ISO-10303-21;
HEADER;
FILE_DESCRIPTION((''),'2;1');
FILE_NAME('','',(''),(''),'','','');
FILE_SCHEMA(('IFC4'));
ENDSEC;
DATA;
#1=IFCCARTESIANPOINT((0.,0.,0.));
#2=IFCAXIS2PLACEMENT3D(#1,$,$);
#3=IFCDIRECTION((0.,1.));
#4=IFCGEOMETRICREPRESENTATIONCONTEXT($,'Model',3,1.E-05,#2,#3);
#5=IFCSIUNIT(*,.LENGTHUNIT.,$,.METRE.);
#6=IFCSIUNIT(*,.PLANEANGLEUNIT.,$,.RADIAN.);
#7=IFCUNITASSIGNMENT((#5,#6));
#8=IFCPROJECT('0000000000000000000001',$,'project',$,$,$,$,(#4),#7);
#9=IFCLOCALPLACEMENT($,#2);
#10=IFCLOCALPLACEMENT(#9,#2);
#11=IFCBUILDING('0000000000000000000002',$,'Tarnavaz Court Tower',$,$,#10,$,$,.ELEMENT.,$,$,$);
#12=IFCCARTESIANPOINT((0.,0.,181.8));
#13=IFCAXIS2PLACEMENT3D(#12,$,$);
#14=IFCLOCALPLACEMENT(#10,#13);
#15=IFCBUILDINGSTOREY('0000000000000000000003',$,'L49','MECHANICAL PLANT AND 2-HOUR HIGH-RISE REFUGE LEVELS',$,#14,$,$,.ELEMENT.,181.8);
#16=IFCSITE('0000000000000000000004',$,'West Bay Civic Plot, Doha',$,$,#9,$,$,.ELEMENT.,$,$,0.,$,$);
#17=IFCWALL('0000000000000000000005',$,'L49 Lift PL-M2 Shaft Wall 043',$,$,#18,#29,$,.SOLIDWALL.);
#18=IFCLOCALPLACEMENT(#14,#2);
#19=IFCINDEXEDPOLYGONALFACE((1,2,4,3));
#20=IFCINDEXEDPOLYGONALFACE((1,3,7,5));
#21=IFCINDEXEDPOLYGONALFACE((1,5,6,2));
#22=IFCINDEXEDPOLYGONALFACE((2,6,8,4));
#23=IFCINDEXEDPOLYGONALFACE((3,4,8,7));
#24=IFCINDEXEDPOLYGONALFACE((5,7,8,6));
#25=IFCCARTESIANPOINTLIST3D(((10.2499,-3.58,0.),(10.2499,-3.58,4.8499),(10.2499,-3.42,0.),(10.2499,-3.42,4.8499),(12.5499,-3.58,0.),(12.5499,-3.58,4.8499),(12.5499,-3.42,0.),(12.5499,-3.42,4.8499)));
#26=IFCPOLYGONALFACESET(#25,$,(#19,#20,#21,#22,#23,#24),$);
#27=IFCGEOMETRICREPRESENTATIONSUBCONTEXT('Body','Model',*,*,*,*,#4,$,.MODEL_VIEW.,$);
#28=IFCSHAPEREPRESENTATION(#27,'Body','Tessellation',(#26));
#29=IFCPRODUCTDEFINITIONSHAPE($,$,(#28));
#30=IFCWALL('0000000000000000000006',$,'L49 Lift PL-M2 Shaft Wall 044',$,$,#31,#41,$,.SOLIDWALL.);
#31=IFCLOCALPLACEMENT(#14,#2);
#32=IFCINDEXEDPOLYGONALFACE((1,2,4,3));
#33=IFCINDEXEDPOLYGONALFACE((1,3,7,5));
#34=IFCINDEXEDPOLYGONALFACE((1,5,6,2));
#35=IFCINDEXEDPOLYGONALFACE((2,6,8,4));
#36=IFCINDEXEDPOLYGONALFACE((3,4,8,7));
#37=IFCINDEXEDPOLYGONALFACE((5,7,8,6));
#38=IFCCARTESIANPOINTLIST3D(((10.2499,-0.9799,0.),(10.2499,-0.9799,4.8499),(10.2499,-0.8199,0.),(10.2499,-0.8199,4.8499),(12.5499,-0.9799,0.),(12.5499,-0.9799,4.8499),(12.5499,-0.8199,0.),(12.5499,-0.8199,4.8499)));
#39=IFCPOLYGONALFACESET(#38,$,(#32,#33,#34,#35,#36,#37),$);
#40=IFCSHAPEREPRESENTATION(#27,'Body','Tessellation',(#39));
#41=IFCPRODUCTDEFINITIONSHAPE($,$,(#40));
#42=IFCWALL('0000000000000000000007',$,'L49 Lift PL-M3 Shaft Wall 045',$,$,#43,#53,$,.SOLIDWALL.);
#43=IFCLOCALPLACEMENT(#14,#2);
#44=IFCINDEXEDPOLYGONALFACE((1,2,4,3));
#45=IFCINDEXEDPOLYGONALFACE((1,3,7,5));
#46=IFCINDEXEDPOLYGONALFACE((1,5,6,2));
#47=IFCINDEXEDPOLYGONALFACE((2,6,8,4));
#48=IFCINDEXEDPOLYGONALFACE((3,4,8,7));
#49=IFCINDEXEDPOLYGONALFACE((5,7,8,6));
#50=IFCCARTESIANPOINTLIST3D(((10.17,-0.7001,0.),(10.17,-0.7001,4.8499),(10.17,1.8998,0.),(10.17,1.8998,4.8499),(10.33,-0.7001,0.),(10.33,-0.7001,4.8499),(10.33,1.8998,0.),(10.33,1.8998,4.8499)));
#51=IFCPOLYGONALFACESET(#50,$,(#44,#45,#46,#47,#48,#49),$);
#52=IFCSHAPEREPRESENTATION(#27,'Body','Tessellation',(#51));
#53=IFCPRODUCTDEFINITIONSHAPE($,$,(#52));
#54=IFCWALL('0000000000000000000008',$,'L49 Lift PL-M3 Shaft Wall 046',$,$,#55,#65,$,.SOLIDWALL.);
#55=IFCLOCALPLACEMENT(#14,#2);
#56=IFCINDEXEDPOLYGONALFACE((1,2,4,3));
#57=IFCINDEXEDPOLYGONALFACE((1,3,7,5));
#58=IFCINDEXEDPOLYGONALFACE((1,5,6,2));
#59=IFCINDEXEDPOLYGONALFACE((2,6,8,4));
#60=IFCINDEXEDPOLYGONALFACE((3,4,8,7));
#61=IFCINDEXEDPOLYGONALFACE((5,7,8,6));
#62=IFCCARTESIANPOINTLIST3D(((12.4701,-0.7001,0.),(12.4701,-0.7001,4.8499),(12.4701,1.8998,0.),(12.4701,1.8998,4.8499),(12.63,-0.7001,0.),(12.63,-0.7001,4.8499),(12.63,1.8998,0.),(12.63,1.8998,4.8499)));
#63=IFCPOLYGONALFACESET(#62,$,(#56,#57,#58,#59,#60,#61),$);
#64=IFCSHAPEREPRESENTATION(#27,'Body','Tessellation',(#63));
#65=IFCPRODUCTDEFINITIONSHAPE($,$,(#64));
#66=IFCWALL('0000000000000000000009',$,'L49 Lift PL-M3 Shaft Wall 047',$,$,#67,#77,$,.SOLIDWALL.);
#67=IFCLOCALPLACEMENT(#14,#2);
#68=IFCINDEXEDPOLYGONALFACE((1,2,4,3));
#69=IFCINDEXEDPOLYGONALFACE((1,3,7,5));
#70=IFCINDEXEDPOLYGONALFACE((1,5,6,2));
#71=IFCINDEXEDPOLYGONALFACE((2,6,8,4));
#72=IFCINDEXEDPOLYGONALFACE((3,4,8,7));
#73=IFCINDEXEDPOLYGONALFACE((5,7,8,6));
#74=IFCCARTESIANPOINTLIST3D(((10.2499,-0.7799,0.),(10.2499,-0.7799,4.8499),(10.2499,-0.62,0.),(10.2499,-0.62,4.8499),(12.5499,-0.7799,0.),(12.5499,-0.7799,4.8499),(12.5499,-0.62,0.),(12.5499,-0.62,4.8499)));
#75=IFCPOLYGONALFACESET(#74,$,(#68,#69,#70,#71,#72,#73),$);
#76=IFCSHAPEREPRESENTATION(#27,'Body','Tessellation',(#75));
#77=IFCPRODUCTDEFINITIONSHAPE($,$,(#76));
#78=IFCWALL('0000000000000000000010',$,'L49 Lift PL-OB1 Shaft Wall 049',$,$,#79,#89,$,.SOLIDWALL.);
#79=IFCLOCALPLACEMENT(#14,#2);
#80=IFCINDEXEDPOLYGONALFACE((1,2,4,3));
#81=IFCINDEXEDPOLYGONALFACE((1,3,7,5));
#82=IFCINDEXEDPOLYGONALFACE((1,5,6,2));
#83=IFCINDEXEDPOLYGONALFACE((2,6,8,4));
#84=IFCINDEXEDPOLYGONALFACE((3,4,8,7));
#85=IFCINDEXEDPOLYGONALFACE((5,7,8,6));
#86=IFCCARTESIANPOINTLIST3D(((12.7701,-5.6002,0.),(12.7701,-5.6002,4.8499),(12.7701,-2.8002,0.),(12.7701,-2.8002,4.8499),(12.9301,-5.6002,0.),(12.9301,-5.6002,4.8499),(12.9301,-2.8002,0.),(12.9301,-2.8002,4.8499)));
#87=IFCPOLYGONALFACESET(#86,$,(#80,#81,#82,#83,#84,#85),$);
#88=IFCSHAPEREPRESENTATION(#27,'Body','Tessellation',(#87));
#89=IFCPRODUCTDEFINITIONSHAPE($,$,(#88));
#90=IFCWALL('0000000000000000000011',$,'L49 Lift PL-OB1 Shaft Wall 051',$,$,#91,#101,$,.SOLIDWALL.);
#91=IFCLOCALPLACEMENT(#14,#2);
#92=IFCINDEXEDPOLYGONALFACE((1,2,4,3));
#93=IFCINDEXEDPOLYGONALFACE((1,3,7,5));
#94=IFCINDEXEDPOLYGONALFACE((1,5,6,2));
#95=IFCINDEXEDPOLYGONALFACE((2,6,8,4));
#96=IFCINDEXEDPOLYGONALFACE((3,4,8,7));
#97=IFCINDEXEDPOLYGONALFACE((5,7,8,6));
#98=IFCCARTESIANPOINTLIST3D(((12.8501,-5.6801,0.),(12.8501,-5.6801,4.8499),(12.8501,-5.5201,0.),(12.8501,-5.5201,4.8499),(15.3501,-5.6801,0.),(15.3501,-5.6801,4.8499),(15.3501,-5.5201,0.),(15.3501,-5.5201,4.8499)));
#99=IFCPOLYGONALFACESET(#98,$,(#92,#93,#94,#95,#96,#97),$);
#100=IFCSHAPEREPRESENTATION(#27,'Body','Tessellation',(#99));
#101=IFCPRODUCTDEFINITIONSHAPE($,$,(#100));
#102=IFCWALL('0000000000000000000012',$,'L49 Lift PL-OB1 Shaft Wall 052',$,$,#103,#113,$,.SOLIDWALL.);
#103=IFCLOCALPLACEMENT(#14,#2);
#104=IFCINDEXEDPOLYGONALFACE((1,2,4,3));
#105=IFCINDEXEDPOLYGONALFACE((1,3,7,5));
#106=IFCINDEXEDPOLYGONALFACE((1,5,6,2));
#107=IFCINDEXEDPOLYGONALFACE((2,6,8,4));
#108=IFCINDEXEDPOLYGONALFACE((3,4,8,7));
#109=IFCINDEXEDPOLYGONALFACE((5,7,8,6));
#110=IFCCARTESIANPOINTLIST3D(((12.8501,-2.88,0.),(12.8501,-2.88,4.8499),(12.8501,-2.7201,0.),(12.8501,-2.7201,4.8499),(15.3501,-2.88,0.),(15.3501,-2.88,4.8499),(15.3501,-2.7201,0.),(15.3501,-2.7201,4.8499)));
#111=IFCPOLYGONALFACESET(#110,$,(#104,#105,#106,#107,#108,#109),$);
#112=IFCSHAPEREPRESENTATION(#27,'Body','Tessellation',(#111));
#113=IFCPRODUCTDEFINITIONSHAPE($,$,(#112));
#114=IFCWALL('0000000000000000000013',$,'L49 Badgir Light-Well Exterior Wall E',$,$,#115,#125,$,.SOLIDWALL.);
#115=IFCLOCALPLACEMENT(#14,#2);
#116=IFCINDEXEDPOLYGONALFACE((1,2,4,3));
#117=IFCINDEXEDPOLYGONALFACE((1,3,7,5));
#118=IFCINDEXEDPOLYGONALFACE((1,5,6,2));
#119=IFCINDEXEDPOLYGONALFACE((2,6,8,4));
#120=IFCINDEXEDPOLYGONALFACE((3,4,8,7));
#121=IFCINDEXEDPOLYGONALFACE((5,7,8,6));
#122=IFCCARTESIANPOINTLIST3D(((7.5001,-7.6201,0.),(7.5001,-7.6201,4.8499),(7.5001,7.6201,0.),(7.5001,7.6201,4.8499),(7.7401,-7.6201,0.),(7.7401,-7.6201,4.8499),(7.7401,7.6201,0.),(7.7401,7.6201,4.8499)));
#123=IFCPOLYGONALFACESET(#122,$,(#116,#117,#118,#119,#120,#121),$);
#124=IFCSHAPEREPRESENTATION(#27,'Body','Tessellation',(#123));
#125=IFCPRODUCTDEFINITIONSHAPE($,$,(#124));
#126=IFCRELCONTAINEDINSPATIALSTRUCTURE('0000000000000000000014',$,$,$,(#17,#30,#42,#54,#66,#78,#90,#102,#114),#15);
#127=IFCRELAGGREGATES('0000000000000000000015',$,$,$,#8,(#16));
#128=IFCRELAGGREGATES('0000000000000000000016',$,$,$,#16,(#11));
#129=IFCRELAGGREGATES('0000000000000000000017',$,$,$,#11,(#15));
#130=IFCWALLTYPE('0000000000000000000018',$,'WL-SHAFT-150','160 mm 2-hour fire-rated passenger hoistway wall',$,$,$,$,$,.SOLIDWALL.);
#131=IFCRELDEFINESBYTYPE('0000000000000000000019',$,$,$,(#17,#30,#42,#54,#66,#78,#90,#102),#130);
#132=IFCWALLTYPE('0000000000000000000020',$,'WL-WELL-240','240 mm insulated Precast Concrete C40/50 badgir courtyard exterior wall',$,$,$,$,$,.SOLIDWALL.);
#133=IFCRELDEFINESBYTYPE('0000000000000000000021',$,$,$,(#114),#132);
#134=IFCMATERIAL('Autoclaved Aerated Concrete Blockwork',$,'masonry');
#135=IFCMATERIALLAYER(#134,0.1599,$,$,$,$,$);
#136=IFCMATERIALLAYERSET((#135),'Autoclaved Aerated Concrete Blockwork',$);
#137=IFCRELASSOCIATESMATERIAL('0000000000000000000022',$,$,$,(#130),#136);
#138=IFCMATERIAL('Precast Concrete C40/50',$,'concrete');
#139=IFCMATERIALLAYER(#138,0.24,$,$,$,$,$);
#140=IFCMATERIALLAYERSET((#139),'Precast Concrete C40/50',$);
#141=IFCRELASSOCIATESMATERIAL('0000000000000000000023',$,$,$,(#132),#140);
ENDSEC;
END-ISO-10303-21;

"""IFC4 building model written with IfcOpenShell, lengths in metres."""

from ifc_helpers import new_model, si_unit, direction, frame, frame_2d, origin, place, context, subcontext, project, spatial, rectangle, extrude, material, layer, layer_set, type_object, element, save


model = new_model("IFC4")

# Units and contexts
model_context = context("Model", 3, precision=1e-05, world=origin(), true_north=direction((0.0, 1.0)))
body_context = subcontext(model_context, "Body", "Model", "MODEL_VIEW")
ifc_project = project(units=[si_unit("LENGTHUNIT", "METRE"), si_unit("PLANEANGLEUNIT", "RADIAN")], contexts=[model_context])

# Site, building, storey
site_placement = place(None, origin())
site = spatial("IfcSite", under=ifc_project, at=site_placement, Name="West Bay Civic Plot, Doha", CompositionType="ELEMENT", RefElevation=0.0)
building_placement = place(site_placement, origin())
building = spatial("IfcBuilding", under=site, at=building_placement, Name="Tarnavaz Court Tower", CompositionType="ELEMENT")
storey_placement = place(building_placement, frame((0.0, 0.0, 181.8)))
storey = spatial("IfcBuildingStorey", under=building, at=storey_placement, Name="L49", Description="MECHANICAL PLANT AND 2-HOUR HIGH-RISE REFUGE LEVELS", CompositionType="ELEMENT", Elevation=181.8)

# Walls
ifc_material_1 = material(Name="Autoclaved Aerated Concrete Blockwork", Category="masonry")
ifc_layer_1 = layer(ifc_material_1, 0.1599)
ifc_layer_set_1 = layer_set([ifc_layer_1], Name="Autoclaved Aerated Concrete Blockwork")
wall_type_1 = type_object("IfcWallType", Name="WL-SHAFT-150", Description="160 mm 2-hour fire-rated passenger hoistway wall", PredefinedType="SOLIDWALL", material=ifc_layer_set_1)
for number, where, z_axis, x_axis, name in (
    (1, (10.25, -3.5, 0.0), (0.0, 0.0, 1.0), (1.0, 0.0, 0.0), "L49 Lift PL-M2 Shaft Wall 043"),
    (2, (10.25, -0.8999, 0.0), (0.0, 0.0, 1.0), (1.0, 0.0, 0.0), "L49 Lift PL-M2 Shaft Wall 044"),
):
    element("IfcWall", number, at=place(storey_placement, frame(where, z_axis=z_axis, x_axis=x_axis)), inside=storey, type_object=wall_type_1, Name=name, PredefinedType="SOLIDWALL", context=body_context, shape_type="SweptSolid", body=[
        extrude(rectangle(XDim=2.3, YDim=0.1599, at=frame_2d((1.1499, 0.0))), origin(), (0.0, 0.0, 1.0), 4.8499),
    ])
for number, where, z_axis, x_axis, name in (
    (3, (10.25, -0.7, 0.0), (0.0, 0.0, 1.0), (0.0, 1.0, 0.0), "L49 Lift PL-M3 Shaft Wall 045"),
    (4, (12.55, -0.7, 0.0), (0.0, 0.0, 1.0), (0.0, 1.0, 0.0), "L49 Lift PL-M3 Shaft Wall 046"),
):
    element("IfcWall", number, at=place(storey_placement, frame(where, z_axis=z_axis, x_axis=x_axis)), inside=storey, type_object=wall_type_1, Name=name, PredefinedType="SOLIDWALL", context=body_context, shape_type="SweptSolid", body=[
        extrude(rectangle(XDim=2.5999, YDim=0.1599, at=frame_2d((1.2998, 0.0))), origin(), (0.0, 0.0, 1.0), 4.8499),
    ])
wall_1_placement = place(storey_placement, frame((10.25, -0.7, 0.0), z_axis=(0.0, 0.0, 1.0), x_axis=(1.0, 0.0, 0.0)))
element("IfcWall", 5, at=wall_1_placement, inside=storey, type_object=wall_type_1, Name="L49 Lift PL-M3 Shaft Wall 047", PredefinedType="SOLIDWALL", context=body_context, shape_type="SweptSolid", body=[
    extrude(rectangle(XDim=2.3, YDim=0.1599, at=frame_2d((1.1499, 0.0))), origin(), (0.0, 0.0, 1.0), 4.8499),
])
wall_2_placement = place(storey_placement, frame((12.8501, -5.6001, 0.0), z_axis=(0.0, 0.0, 1.0), x_axis=(0.0, 1.0, 0.0)))
element("IfcWall", 6, at=wall_2_placement, inside=storey, type_object=wall_type_1, Name="L49 Lift PL-OB1 Shaft Wall 049", PredefinedType="SOLIDWALL", context=body_context, shape_type="SweptSolid", body=[
    extrude(rectangle(XDim=2.8, YDim=0.1599, at=frame_2d((1.3999, 0.0))), origin(), (0.0, 0.0, 1.0), 4.8499),
])
for number, where, z_axis, x_axis, name in (
    (7, (12.8501, -5.6001, 0.0), (0.0, 0.0, 1.0), (1.0, 0.0, 0.0), "L49 Lift PL-OB1 Shaft Wall 051"),
    (8, (12.8501, -2.8, 0.0), (0.0, 0.0, 1.0), (1.0, 0.0, 0.0), "L49 Lift PL-OB1 Shaft Wall 052"),
):
    element("IfcWall", number, at=place(storey_placement, frame(where, z_axis=z_axis, x_axis=x_axis)), inside=storey, type_object=wall_type_1, Name=name, PredefinedType="SOLIDWALL", context=body_context, shape_type="SweptSolid", body=[
        extrude(rectangle(XDim=2.5, YDim=0.1599, at=frame_2d((1.25, 0.0))), origin(), (0.0, 0.0, 1.0), 4.8499),
    ])
ifc_material_2 = material(Name="Precast Concrete C40/50", Category="concrete")
ifc_layer_2 = layer(ifc_material_2, 0.24)
ifc_layer_set_2 = layer_set([ifc_layer_2], Name="Precast Concrete C40/50")
wall_type_2 = type_object("IfcWallType", Name="WL-WELL-240", Description="240 mm insulated Precast Concrete C40/50 badgir courtyard exterior wall", PredefinedType="SOLIDWALL", material=ifc_layer_set_2)
wall_3_placement = place(storey_placement, frame((7.6201, -7.6201, 0.0), z_axis=(0.0, 0.0, 1.0), x_axis=(0.0, 1.0, 0.0)))
element("IfcWall", 9, at=wall_3_placement, inside=storey, type_object=wall_type_2, Name="L49 Badgir Light-Well Exterior Wall E", PredefinedType="SOLIDWALL", context=body_context, shape_type="SweptSolid", body=[
    extrude(rectangle(XDim=15.2402, YDim=0.24, at=frame_2d((7.6201, 0.0))), origin(), (0.0, 0.0, 1.0), 4.8499),
])

save(model, "model.ifc")
